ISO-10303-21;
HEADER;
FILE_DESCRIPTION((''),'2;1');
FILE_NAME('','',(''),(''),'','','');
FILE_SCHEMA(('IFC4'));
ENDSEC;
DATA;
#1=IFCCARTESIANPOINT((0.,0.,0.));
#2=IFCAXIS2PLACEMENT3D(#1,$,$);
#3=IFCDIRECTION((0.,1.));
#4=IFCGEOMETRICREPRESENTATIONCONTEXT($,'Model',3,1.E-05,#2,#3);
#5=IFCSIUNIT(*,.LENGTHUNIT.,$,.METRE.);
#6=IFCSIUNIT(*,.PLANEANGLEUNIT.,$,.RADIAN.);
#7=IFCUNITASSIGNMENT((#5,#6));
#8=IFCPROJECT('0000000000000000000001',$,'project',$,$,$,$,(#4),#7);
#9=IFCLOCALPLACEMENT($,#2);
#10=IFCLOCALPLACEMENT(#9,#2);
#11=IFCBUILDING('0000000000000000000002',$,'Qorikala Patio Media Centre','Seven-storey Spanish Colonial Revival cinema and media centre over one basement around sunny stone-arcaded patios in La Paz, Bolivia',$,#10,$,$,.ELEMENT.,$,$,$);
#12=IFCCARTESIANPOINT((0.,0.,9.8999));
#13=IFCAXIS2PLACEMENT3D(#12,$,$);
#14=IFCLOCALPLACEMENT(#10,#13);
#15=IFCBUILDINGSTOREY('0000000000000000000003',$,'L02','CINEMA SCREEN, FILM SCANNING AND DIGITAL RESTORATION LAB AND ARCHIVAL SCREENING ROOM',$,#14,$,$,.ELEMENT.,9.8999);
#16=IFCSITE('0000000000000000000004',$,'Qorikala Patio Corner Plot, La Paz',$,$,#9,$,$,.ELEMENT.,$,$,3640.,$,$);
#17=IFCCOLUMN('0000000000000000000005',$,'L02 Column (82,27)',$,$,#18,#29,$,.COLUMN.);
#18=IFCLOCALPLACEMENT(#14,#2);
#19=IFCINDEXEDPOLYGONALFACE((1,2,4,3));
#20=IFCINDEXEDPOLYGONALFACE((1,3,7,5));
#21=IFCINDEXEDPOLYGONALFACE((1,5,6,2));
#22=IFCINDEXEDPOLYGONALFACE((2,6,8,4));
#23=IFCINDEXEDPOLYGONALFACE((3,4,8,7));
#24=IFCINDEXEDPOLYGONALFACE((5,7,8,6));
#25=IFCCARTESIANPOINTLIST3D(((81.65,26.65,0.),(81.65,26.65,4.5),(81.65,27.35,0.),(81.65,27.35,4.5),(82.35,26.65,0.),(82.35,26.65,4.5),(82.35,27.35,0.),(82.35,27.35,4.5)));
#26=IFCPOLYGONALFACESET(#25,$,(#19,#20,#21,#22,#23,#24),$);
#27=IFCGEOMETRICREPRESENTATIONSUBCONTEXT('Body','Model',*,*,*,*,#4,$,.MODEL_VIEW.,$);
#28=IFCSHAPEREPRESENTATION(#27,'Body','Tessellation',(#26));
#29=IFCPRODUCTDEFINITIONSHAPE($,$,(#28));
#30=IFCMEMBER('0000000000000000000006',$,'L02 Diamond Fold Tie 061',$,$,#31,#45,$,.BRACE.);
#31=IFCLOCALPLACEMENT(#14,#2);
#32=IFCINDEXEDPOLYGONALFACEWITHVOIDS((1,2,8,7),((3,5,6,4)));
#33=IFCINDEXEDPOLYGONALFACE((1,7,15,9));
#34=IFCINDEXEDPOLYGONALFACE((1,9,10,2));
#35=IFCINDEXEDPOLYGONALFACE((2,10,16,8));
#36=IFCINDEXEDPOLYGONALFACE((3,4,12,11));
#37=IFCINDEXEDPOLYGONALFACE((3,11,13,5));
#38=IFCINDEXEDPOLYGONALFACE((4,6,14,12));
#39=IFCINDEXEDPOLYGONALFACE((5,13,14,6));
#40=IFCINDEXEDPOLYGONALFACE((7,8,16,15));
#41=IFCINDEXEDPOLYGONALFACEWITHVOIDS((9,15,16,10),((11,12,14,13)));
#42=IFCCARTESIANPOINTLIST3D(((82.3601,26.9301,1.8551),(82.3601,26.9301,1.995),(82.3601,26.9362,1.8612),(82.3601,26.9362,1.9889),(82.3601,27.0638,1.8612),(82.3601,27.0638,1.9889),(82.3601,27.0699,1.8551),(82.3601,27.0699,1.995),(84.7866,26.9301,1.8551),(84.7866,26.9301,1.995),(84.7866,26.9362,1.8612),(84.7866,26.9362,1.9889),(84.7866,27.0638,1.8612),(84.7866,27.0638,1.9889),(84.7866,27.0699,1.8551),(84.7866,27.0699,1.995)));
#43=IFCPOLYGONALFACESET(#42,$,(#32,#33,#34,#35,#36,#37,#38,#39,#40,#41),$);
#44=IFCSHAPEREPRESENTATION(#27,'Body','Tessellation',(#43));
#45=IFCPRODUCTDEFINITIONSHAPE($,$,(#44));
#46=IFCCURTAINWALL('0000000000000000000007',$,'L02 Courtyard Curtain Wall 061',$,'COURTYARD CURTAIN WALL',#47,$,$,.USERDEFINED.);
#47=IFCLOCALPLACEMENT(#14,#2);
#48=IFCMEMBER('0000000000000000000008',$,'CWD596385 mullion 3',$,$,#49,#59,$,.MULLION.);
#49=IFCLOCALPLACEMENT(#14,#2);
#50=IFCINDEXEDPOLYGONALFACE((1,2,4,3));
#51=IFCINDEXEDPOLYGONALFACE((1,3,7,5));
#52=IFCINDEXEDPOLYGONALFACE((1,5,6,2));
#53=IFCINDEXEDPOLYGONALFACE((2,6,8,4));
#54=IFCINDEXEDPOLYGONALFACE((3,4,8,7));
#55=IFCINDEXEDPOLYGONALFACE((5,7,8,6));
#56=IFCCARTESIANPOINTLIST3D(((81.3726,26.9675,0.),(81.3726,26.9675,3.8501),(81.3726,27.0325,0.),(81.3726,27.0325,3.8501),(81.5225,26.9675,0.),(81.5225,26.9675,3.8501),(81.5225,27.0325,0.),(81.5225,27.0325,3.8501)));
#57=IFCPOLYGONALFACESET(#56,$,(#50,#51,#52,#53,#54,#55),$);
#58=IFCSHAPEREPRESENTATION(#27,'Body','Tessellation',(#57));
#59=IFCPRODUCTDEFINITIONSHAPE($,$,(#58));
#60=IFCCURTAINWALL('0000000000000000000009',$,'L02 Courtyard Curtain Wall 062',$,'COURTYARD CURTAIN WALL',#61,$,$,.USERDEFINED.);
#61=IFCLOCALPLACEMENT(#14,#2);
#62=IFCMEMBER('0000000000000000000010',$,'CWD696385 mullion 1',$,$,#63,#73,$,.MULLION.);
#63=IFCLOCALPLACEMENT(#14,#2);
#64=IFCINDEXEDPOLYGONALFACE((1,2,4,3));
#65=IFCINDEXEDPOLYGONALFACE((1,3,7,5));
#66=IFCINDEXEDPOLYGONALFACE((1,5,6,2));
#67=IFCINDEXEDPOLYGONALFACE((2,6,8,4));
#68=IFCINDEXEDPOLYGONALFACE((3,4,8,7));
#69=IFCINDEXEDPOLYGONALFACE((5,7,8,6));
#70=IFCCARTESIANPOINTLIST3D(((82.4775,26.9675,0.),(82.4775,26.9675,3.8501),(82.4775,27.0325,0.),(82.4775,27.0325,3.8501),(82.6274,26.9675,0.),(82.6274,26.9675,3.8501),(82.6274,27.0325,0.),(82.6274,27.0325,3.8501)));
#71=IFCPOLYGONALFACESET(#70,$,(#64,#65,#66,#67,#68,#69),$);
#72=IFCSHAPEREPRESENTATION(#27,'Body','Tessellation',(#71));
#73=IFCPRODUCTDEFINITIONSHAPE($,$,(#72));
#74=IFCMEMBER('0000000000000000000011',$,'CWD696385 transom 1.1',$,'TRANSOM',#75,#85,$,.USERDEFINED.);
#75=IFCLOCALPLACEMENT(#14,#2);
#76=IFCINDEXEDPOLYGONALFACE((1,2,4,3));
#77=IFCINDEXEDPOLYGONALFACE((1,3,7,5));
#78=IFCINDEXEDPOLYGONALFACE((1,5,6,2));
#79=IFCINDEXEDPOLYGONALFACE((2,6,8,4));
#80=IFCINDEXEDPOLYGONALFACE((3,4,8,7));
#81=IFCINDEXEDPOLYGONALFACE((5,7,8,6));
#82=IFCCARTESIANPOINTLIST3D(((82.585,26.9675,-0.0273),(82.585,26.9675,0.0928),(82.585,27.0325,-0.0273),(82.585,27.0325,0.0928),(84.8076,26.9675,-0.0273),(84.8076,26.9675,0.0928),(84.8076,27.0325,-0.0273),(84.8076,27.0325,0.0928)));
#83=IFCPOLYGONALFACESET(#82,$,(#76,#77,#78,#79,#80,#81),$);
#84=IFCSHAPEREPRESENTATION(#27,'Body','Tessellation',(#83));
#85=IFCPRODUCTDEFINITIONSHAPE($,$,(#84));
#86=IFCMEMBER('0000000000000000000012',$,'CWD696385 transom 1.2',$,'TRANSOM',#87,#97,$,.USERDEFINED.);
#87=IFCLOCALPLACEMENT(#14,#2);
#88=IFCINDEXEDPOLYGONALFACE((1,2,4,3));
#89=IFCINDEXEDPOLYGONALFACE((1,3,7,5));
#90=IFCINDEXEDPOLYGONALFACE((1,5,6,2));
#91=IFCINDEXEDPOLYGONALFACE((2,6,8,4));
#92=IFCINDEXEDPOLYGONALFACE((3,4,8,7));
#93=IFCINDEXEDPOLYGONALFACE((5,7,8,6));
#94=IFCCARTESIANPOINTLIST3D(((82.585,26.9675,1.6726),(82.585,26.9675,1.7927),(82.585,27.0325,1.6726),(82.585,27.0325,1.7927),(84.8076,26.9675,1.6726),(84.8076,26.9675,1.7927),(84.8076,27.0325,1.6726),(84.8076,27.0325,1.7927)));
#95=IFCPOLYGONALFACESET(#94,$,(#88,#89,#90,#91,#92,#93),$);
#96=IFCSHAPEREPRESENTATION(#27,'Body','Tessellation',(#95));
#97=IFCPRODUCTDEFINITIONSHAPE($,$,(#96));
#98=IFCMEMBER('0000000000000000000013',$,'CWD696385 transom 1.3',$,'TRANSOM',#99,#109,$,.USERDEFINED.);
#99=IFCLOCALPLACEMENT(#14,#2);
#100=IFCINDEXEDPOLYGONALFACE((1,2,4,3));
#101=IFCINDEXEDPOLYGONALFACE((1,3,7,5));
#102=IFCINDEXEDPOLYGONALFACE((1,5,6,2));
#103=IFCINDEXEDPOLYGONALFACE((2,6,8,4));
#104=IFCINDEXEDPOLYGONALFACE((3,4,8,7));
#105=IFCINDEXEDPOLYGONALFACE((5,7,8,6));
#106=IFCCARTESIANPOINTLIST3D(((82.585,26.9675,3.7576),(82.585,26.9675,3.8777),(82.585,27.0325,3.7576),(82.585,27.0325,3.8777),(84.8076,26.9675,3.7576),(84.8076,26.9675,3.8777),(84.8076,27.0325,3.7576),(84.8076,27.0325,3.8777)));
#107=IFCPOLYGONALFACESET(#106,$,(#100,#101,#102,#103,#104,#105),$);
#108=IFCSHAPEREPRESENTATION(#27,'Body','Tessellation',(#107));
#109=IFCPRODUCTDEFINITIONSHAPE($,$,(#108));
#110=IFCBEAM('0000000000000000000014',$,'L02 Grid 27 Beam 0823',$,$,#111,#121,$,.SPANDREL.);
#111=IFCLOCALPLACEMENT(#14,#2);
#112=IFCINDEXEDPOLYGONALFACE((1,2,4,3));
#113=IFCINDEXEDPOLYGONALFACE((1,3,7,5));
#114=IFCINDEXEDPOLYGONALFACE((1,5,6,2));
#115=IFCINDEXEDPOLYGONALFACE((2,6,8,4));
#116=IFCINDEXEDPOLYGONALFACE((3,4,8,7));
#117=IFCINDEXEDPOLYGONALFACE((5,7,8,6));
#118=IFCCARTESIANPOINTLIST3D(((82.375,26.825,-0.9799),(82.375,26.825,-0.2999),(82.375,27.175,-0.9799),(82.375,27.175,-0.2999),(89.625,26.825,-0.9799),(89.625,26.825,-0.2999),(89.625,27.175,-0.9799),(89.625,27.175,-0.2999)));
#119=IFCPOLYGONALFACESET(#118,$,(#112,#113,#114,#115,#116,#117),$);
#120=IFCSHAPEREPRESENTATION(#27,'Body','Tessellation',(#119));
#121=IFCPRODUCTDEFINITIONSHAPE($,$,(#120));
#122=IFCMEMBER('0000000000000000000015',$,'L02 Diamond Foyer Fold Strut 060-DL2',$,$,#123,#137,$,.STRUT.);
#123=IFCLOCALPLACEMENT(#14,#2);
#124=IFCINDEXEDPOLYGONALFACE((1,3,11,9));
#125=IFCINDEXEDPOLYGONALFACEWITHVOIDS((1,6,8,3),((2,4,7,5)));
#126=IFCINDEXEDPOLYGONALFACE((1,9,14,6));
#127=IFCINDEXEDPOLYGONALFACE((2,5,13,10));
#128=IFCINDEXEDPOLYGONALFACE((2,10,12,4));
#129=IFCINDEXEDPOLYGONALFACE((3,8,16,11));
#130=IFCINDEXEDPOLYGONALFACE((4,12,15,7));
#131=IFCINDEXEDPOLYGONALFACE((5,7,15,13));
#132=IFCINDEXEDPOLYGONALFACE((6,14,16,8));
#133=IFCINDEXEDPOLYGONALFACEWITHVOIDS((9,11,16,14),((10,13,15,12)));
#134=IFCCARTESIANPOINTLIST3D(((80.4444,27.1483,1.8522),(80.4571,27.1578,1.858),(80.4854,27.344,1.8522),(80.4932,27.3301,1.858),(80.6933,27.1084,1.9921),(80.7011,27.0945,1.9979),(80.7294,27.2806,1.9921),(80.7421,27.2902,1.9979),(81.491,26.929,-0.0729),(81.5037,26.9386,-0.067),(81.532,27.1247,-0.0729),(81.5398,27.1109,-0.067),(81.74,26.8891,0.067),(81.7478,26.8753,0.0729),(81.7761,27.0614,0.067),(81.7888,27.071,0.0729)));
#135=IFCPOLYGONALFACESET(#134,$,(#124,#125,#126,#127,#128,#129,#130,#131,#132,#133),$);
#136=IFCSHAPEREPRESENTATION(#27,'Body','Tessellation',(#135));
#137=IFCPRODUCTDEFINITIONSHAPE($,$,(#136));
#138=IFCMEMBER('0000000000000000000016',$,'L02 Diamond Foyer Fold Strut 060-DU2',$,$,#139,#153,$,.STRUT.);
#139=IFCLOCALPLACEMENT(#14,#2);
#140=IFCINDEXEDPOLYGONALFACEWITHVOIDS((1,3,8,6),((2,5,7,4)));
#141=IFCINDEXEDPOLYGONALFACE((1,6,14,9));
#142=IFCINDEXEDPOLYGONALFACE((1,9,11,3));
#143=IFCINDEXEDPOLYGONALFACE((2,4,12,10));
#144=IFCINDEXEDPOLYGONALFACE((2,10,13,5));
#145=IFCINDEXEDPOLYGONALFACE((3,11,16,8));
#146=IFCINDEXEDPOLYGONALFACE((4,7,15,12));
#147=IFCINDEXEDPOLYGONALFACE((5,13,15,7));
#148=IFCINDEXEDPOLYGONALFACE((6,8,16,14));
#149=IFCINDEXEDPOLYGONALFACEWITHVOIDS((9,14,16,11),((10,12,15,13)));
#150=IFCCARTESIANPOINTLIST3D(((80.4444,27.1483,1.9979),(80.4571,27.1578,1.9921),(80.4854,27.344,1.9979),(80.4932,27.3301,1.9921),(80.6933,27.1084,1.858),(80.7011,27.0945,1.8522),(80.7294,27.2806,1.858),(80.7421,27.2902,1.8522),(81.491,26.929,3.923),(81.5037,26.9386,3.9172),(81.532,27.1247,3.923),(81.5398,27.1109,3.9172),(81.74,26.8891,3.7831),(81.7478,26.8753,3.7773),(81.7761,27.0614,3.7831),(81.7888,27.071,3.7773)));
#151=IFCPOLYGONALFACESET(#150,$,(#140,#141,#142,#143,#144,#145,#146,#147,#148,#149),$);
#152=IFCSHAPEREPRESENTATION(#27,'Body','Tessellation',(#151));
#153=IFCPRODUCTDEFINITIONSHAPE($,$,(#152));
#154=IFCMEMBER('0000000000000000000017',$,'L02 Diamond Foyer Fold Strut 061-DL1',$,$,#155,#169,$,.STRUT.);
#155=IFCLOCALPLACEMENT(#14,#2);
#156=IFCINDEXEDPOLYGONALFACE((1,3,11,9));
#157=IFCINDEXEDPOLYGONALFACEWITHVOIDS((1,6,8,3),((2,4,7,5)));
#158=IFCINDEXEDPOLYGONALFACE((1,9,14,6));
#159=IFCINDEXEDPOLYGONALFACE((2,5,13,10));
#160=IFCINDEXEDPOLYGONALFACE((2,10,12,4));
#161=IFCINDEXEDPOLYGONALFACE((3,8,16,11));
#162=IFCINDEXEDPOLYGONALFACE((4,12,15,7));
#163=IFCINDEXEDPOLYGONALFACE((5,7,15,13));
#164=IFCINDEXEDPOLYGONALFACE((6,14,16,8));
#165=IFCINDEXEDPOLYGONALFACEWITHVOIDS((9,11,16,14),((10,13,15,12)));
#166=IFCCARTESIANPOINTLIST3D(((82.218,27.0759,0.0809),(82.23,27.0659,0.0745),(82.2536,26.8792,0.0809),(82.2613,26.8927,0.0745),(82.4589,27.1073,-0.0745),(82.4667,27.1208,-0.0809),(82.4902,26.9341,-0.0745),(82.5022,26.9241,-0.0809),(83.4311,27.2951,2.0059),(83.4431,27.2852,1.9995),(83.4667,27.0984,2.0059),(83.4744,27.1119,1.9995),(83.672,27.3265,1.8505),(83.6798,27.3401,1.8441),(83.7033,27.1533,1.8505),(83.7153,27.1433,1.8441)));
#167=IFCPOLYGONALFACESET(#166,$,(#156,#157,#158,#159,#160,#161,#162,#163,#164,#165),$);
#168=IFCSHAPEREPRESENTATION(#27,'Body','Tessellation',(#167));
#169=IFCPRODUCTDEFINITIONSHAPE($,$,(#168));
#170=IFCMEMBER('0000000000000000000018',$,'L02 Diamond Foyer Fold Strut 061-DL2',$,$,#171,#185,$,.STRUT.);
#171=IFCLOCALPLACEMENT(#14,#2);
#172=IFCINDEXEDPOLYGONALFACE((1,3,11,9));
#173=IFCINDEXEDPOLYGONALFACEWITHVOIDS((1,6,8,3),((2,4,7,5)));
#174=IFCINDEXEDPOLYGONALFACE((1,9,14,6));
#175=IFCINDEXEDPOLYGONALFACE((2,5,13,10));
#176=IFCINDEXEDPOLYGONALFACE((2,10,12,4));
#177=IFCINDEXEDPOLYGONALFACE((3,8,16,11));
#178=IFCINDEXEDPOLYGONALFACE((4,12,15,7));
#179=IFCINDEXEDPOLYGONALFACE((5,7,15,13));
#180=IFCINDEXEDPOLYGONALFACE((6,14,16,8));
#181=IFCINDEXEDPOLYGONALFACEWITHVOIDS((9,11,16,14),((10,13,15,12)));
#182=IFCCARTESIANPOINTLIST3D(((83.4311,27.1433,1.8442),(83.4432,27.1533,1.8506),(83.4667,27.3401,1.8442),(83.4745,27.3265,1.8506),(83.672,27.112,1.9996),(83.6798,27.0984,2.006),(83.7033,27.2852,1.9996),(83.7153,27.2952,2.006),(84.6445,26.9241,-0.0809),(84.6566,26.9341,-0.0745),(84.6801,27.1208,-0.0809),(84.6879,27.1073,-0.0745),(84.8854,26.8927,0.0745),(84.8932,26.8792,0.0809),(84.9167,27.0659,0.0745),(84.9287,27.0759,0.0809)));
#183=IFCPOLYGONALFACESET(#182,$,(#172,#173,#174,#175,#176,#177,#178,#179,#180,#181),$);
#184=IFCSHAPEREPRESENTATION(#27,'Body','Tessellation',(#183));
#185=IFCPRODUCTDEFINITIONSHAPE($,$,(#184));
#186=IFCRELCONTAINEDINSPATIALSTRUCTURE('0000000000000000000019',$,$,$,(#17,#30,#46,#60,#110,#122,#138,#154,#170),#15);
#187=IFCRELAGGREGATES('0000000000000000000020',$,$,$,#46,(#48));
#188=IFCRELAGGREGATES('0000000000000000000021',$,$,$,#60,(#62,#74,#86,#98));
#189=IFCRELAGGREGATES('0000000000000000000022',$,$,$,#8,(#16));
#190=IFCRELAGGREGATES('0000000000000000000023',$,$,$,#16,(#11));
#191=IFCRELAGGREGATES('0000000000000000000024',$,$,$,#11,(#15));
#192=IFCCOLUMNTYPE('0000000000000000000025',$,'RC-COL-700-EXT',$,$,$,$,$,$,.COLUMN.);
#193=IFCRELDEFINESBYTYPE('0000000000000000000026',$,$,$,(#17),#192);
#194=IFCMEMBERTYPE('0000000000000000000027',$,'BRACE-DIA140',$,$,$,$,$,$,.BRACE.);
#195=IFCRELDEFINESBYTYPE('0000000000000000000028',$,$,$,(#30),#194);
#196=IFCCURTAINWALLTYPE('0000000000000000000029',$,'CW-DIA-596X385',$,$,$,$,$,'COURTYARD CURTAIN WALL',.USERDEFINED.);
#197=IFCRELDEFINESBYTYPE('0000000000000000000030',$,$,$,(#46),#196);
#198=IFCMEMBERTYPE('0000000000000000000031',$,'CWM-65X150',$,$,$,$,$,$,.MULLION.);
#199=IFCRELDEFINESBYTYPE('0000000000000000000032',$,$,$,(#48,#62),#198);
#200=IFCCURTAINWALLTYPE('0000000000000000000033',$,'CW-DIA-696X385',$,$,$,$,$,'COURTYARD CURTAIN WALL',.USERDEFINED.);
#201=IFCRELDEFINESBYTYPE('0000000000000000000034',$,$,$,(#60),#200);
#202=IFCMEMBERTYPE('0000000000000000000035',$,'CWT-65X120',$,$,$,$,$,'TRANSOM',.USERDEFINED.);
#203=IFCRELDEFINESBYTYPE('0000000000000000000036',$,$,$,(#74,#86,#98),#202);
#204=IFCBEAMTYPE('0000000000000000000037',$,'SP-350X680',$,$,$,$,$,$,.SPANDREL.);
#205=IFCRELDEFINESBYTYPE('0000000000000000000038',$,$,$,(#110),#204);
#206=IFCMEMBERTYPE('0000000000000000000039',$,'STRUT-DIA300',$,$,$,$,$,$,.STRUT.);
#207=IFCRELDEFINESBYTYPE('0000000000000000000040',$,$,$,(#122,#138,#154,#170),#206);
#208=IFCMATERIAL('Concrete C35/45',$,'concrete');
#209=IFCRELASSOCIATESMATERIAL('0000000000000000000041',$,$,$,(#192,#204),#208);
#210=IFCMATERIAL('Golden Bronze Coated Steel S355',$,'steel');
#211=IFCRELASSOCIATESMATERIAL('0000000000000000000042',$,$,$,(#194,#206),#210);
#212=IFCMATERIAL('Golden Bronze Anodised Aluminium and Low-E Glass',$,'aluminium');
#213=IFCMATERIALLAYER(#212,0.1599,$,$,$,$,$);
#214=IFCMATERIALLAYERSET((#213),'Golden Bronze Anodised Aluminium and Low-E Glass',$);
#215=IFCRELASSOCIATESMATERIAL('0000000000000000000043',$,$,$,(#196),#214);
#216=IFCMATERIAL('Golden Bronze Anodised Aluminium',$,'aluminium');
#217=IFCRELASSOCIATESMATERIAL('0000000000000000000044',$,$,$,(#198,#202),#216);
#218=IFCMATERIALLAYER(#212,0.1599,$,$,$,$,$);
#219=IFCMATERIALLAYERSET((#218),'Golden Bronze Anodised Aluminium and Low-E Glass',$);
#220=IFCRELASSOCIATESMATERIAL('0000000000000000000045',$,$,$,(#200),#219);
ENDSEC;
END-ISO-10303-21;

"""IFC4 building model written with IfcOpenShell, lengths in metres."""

from ifc_helpers import new_model, si_unit, direction, frame, origin, origin_2d, place, context, subcontext, project, spatial, rectangle, hollow_rectangle, extrude, material, layer, layer_set, material_profile, profile_set, type_object, element, aggregate, save


model = new_model("IFC4")

# Units and contexts
model_context = context("Model", 3, precision=1e-05, world=origin(), true_north=direction((0.0, 1.0)))
body_context = subcontext(model_context, "Body", "Model", "MODEL_VIEW")
ifc_project = project(units=[si_unit("LENGTHUNIT", "METRE"), si_unit("PLANEANGLEUNIT", "RADIAN")], contexts=[model_context])

# Site, building, storey
site_placement = place(None, origin())
site = spatial("IfcSite", under=ifc_project, at=site_placement, Name="Qorikala Patio Corner Plot, La Paz", CompositionType="ELEMENT", RefElevation=3640.0)
building_placement = place(site_placement, origin())
building = spatial("IfcBuilding", under=site, at=building_placement, Name="Qorikala Patio Media Centre", Description="Seven-storey Spanish Colonial Revival cinema and media centre over one basement around sunny stone-arcaded patios in La Paz, Bolivia", CompositionType="ELEMENT")
storey_placement = place(building_placement, frame((0.0, 0.0, 9.8999)))
storey = spatial("IfcBuildingStorey", under=building, at=storey_placement, Name="L02", Description="CINEMA SCREEN, FILM SCANNING AND DIGITAL RESTORATION LAB AND ARCHIVAL SCREENING ROOM", CompositionType="ELEMENT", Elevation=9.8999)

# Column
ifc_material_1 = material(Name="Concrete C35/45", Category="concrete")
ifc_material_profile_1 = material_profile(ifc_material_1, rectangle(XDim=0.7, YDim=0.7, at=origin_2d()), Name="RC 700x700")
ifc_profile_set_1 = profile_set([ifc_material_profile_1], Name="Concrete C35/45")
column_type = type_object("IfcColumnType", Name="RC-COL-700-EXT", PredefinedType="COLUMN", material=ifc_profile_set_1)
column_placement = place(storey_placement, frame((82.0, 27.0, 0.0), z_axis=(0.0, 0.0, 1.0), x_axis=(1.0, 0.0, 0.0)))
element("IfcColumn", 1, at=column_placement, inside=storey, type_object=column_type, Name="L02 Column (82,27)", PredefinedType="COLUMN", context=body_context, shape_type="SweptSolid", body=[
    extrude(rectangle(XDim=0.7, YDim=0.7, at=origin_2d()), origin(), (0.0, 0.0, 1.0), 4.5),
])

# Member
ifc_material_2 = material(Name="Golden Bronze Coated Steel S355", Category="steel")
ifc_material_profile_2 = material_profile(ifc_material_2, hollow_rectangle(XDim=0.1399, YDim=0.1399, WallThickness=0.0061, at=origin_2d()), Name="HSS140X140X6")
ifc_profile_set_2 = profile_set([ifc_material_profile_2], Name="Golden Bronze Coated Steel S355")
member_type_1 = type_object("IfcMemberType", Name="BRACE-DIA140", PredefinedType="BRACE", material=ifc_profile_set_2)
member_1_placement = place(storey_placement, frame((82.3601, 27.0, 1.925), z_axis=(1.0, 0.0, 0.0), x_axis=(0.0, 1.0, 0.0)))
element("IfcMember", 2, at=member_1_placement, inside=storey, type_object=member_type_1, Name="L02 Diamond Fold Tie 061", PredefinedType="BRACE", context=body_context, shape_type="SweptSolid", body=[
    extrude(hollow_rectangle(XDim=0.1399, YDim=0.1399, WallThickness=0.0061, at=origin_2d()), origin(), (0.0, 0.0, 1.0), 2.4265),
])

# Curtain wall, member
ifc_material_3 = material(Name="Golden Bronze Anodised Aluminium and Low-E Glass", Category="aluminium")
ifc_layer_1 = layer(ifc_material_3, 0.1599)
ifc_layer_set_1 = layer_set([ifc_layer_1], Name="Golden Bronze Anodised Aluminium and Low-E Glass")
curtain_wall_type_1 = type_object("IfcCurtainWallType", Name="CW-DIA-596X385", ElementType="COURTYARD CURTAIN WALL", PredefinedType="USERDEFINED", material=ifc_layer_set_1)
curtain_wall_1_placement = place(storey_placement, origin())
curtain_wall_1 = element("IfcCurtainWall", 3, at=curtain_wall_1_placement, inside=storey, type_object=curtain_wall_type_1, Name="L02 Courtyard Curtain Wall 061", ObjectType="COURTYARD CURTAIN WALL", PredefinedType="USERDEFINED")
ifc_material_4 = material(Name="Golden Bronze Anodised Aluminium", Category="aluminium")
ifc_material_profile_3 = material_profile(ifc_material_4, rectangle(XDim=0.0649, YDim=0.1499, at=origin_2d()), Name="ALU MULLION 65x150")
ifc_profile_set_3 = profile_set([ifc_material_profile_3], Name="Golden Bronze Anodised Aluminium")
member_type_2 = type_object("IfcMemberType", Name="CWM-65X150", PredefinedType="MULLION", material=ifc_profile_set_3)
member_2_placement = place(storey_placement, frame((81.4475, 27.0, 0.0), z_axis=(0.0, 0.0, 1.0), x_axis=(0.0, 1.0, 0.0)))
member_2 = element("IfcMember", 4, at=member_2_placement, type_object=member_type_2, Name="CWD596385 mullion 3", PredefinedType="MULLION", context=body_context, shape_type="SweptSolid", body=[
    extrude(rectangle(XDim=0.0649, YDim=0.1499, at=origin_2d()), origin(), (0.0, 0.0, 1.0), 3.8501),
])
aggregate(curtain_wall_1, [member_2])

# Curtain wall, members
ifc_layer_2 = layer(ifc_material_3, 0.1599)
ifc_layer_set_2 = layer_set([ifc_layer_2], Name="Golden Bronze Anodised Aluminium and Low-E Glass")
curtain_wall_type_2 = type_object("IfcCurtainWallType", Name="CW-DIA-696X385", ElementType="COURTYARD CURTAIN WALL", PredefinedType="USERDEFINED", material=ifc_layer_set_2)
curtain_wall_2_placement = place(storey_placement, origin())
curtain_wall_2 = element("IfcCurtainWall", 5, at=curtain_wall_2_placement, inside=storey, type_object=curtain_wall_type_2, Name="L02 Courtyard Curtain Wall 062", ObjectType="COURTYARD CURTAIN WALL", PredefinedType="USERDEFINED")
member_3_placement = place(storey_placement, frame((82.5525, 27.0, 0.0), z_axis=(0.0, 0.0, 1.0), x_axis=(0.0, 1.0, 0.0)))
member_3 = element("IfcMember", 6, at=member_3_placement, type_object=member_type_2, Name="CWD696385 mullion 1", PredefinedType="MULLION", context=body_context, shape_type="SweptSolid", body=[
    extrude(rectangle(XDim=0.0649, YDim=0.1499, at=origin_2d()), origin(), (0.0, 0.0, 1.0), 3.8501),
])
ifc_material_profile_4 = material_profile(ifc_material_4, rectangle(XDim=0.0649, YDim=0.1201, at=origin_2d()), Name="ALU TRANSOM 65x120")
ifc_profile_set_4 = profile_set([ifc_material_profile_4], Name="Golden Bronze Anodised Aluminium")
member_type_3 = type_object("IfcMemberType", Name="CWT-65X120", ElementType="TRANSOM", PredefinedType="USERDEFINED", material=ifc_profile_set_4)
member_4_placement = place(storey_placement, frame((82.585, 27.0, 0.0327), z_axis=(1.0, 0.0, 0.0), x_axis=(0.0, 1.0, 0.0)))
member_4 = element("IfcMember", 7, at=member_4_placement, type_object=member_type_3, Name="CWD696385 transom 1.1", ObjectType="TRANSOM", PredefinedType="USERDEFINED", context=body_context, shape_type="SweptSolid", body=[
    extrude(rectangle(XDim=0.0649, YDim=0.1201, at=origin_2d()), origin(), (0.0, 0.0, 1.0), 2.2227),
])
member_5_placement = place(storey_placement, frame((82.585, 27.0, 1.7327), z_axis=(1.0, 0.0, 0.0), x_axis=(0.0, 1.0, 0.0)))
member_5 = element("IfcMember", 8, at=member_5_placement, type_object=member_type_3, Name="CWD696385 transom 1.2", ObjectType="TRANSOM", PredefinedType="USERDEFINED", context=body_context, shape_type="SweptSolid", body=[
    extrude(rectangle(XDim=0.0649, YDim=0.1201, at=origin_2d()), origin(), (0.0, 0.0, 1.0), 2.2227),
])
member_6_placement = place(storey_placement, frame((82.585, 27.0, 3.8176), z_axis=(1.0, 0.0, 0.0), x_axis=(0.0, 1.0, 0.0)))
member_6 = element("IfcMember", 9, at=member_6_placement, type_object=member_type_3, Name="CWD696385 transom 1.3", ObjectType="TRANSOM", PredefinedType="USERDEFINED", context=body_context, shape_type="SweptSolid", body=[
    extrude(rectangle(XDim=0.0649, YDim=0.1201, at=origin_2d()), origin(), (0.0, 0.0, 1.0), 2.2227),
])

# Beam
ifc_material_profile_5 = material_profile(ifc_material_1, rectangle(XDim=0.3501, YDim=0.6799, at=origin_2d()), Name="RC 350x680")
ifc_profile_set_5 = profile_set([ifc_material_profile_5], Name="Concrete C35/45")
beam_type = type_object("IfcBeamType", Name="SP-350X680", PredefinedType="SPANDREL", material=ifc_profile_set_5)
beam_placement = place(storey_placement, frame((82.375, 27.0, -0.6399), z_axis=(1.0, 0.0, 0.0), x_axis=(0.0, 1.0, 0.0)))
element("IfcBeam", 10, at=beam_placement, inside=storey, type_object=beam_type, Name="L02 Grid 27 Beam 0823", PredefinedType="SPANDREL", context=body_context, shape_type="SweptSolid", body=[
    extrude(rectangle(XDim=0.3501, YDim=0.6799, at=origin_2d()), origin(), (0.0, 0.0, 1.0), 7.25),
])

# Members
ifc_material_profile_6 = material_profile(ifc_material_2, hollow_rectangle(XDim=0.2, YDim=0.3, WallThickness=0.012, at=origin_2d()), Name="HSS300X200X12")
ifc_profile_set_6 = profile_set([ifc_material_profile_6], Name="Golden Bronze Coated Steel S355")
member_type_4 = type_object("IfcMemberType", Name="STRUT-DIA300", PredefinedType="STRUT", material=ifc_profile_set_6)
for number, where, z_axis, x_axis, name in (
    (11, (81.6399, 27.0, 0.0), (-0.475284, 0.099558, 0.874181), (-0.205021, -0.978758, 0.0), "L02 Diamond Foyer Fold Strut 060-DL2"),
    (12, (80.5933, 27.2192, 1.925), (0.475284, -0.099558, 0.874181), (0.205021, 0.978758, 0.0), "L02 Diamond Foyer Fold Strut 060-DU2"),
):
    element("IfcMember", number, at=place(storey_placement, frame(where, z_axis=z_axis, x_axis=x_axis)), inside=storey, type_object=member_type_4, Name=name, PredefinedType="STRUT", context=body_context, shape_type="SweptSolid", body=[
        extrude(hollow_rectangle(XDim=0.2, YDim=0.3, WallThickness=0.012, at=origin_2d()), origin(), (0.0, 0.0, 1.0), 2.2021),
    ])
member_7_placement = place(storey_placement, frame((82.3601, 27.0, 0.0), z_axis=(0.530691, 0.095907, 0.842121), x_axis=(-0.17784, 0.984059, 0.0)))
element("IfcMember", 13, at=member_7_placement, inside=storey, type_object=member_type_4, Name="L02 Diamond Foyer Fold Strut 061-DL1", PredefinedType="STRUT", context=body_context, shape_type="SweptSolid", body=[
    extrude(hollow_rectangle(XDim=0.2, YDim=0.3, WallThickness=0.012, at=origin_2d()), origin(), (0.0, 0.0, 1.0), 2.2859),
])
member_8_placement = place(storey_placement, frame((84.7866, 27.0, 0.0), z_axis=(-0.530768, 0.095901, 0.842074), x_axis=(-0.177805, -0.984066, 0.0)))
element("IfcMember", 14, at=member_8_placement, inside=storey, type_object=member_type_4, Name="L02 Diamond Foyer Fold Strut 061-DL2", PredefinedType="STRUT", context=body_context, shape_type="SweptSolid", body=[
    extrude(hollow_rectangle(XDim=0.2, YDim=0.3, WallThickness=0.012, at=origin_2d()), origin(), (0.0, 0.0, 1.0), 2.2861),
])

aggregate(curtain_wall_2, [member_3, member_4, member_5, member_6])

save(model, "model.ifc")
